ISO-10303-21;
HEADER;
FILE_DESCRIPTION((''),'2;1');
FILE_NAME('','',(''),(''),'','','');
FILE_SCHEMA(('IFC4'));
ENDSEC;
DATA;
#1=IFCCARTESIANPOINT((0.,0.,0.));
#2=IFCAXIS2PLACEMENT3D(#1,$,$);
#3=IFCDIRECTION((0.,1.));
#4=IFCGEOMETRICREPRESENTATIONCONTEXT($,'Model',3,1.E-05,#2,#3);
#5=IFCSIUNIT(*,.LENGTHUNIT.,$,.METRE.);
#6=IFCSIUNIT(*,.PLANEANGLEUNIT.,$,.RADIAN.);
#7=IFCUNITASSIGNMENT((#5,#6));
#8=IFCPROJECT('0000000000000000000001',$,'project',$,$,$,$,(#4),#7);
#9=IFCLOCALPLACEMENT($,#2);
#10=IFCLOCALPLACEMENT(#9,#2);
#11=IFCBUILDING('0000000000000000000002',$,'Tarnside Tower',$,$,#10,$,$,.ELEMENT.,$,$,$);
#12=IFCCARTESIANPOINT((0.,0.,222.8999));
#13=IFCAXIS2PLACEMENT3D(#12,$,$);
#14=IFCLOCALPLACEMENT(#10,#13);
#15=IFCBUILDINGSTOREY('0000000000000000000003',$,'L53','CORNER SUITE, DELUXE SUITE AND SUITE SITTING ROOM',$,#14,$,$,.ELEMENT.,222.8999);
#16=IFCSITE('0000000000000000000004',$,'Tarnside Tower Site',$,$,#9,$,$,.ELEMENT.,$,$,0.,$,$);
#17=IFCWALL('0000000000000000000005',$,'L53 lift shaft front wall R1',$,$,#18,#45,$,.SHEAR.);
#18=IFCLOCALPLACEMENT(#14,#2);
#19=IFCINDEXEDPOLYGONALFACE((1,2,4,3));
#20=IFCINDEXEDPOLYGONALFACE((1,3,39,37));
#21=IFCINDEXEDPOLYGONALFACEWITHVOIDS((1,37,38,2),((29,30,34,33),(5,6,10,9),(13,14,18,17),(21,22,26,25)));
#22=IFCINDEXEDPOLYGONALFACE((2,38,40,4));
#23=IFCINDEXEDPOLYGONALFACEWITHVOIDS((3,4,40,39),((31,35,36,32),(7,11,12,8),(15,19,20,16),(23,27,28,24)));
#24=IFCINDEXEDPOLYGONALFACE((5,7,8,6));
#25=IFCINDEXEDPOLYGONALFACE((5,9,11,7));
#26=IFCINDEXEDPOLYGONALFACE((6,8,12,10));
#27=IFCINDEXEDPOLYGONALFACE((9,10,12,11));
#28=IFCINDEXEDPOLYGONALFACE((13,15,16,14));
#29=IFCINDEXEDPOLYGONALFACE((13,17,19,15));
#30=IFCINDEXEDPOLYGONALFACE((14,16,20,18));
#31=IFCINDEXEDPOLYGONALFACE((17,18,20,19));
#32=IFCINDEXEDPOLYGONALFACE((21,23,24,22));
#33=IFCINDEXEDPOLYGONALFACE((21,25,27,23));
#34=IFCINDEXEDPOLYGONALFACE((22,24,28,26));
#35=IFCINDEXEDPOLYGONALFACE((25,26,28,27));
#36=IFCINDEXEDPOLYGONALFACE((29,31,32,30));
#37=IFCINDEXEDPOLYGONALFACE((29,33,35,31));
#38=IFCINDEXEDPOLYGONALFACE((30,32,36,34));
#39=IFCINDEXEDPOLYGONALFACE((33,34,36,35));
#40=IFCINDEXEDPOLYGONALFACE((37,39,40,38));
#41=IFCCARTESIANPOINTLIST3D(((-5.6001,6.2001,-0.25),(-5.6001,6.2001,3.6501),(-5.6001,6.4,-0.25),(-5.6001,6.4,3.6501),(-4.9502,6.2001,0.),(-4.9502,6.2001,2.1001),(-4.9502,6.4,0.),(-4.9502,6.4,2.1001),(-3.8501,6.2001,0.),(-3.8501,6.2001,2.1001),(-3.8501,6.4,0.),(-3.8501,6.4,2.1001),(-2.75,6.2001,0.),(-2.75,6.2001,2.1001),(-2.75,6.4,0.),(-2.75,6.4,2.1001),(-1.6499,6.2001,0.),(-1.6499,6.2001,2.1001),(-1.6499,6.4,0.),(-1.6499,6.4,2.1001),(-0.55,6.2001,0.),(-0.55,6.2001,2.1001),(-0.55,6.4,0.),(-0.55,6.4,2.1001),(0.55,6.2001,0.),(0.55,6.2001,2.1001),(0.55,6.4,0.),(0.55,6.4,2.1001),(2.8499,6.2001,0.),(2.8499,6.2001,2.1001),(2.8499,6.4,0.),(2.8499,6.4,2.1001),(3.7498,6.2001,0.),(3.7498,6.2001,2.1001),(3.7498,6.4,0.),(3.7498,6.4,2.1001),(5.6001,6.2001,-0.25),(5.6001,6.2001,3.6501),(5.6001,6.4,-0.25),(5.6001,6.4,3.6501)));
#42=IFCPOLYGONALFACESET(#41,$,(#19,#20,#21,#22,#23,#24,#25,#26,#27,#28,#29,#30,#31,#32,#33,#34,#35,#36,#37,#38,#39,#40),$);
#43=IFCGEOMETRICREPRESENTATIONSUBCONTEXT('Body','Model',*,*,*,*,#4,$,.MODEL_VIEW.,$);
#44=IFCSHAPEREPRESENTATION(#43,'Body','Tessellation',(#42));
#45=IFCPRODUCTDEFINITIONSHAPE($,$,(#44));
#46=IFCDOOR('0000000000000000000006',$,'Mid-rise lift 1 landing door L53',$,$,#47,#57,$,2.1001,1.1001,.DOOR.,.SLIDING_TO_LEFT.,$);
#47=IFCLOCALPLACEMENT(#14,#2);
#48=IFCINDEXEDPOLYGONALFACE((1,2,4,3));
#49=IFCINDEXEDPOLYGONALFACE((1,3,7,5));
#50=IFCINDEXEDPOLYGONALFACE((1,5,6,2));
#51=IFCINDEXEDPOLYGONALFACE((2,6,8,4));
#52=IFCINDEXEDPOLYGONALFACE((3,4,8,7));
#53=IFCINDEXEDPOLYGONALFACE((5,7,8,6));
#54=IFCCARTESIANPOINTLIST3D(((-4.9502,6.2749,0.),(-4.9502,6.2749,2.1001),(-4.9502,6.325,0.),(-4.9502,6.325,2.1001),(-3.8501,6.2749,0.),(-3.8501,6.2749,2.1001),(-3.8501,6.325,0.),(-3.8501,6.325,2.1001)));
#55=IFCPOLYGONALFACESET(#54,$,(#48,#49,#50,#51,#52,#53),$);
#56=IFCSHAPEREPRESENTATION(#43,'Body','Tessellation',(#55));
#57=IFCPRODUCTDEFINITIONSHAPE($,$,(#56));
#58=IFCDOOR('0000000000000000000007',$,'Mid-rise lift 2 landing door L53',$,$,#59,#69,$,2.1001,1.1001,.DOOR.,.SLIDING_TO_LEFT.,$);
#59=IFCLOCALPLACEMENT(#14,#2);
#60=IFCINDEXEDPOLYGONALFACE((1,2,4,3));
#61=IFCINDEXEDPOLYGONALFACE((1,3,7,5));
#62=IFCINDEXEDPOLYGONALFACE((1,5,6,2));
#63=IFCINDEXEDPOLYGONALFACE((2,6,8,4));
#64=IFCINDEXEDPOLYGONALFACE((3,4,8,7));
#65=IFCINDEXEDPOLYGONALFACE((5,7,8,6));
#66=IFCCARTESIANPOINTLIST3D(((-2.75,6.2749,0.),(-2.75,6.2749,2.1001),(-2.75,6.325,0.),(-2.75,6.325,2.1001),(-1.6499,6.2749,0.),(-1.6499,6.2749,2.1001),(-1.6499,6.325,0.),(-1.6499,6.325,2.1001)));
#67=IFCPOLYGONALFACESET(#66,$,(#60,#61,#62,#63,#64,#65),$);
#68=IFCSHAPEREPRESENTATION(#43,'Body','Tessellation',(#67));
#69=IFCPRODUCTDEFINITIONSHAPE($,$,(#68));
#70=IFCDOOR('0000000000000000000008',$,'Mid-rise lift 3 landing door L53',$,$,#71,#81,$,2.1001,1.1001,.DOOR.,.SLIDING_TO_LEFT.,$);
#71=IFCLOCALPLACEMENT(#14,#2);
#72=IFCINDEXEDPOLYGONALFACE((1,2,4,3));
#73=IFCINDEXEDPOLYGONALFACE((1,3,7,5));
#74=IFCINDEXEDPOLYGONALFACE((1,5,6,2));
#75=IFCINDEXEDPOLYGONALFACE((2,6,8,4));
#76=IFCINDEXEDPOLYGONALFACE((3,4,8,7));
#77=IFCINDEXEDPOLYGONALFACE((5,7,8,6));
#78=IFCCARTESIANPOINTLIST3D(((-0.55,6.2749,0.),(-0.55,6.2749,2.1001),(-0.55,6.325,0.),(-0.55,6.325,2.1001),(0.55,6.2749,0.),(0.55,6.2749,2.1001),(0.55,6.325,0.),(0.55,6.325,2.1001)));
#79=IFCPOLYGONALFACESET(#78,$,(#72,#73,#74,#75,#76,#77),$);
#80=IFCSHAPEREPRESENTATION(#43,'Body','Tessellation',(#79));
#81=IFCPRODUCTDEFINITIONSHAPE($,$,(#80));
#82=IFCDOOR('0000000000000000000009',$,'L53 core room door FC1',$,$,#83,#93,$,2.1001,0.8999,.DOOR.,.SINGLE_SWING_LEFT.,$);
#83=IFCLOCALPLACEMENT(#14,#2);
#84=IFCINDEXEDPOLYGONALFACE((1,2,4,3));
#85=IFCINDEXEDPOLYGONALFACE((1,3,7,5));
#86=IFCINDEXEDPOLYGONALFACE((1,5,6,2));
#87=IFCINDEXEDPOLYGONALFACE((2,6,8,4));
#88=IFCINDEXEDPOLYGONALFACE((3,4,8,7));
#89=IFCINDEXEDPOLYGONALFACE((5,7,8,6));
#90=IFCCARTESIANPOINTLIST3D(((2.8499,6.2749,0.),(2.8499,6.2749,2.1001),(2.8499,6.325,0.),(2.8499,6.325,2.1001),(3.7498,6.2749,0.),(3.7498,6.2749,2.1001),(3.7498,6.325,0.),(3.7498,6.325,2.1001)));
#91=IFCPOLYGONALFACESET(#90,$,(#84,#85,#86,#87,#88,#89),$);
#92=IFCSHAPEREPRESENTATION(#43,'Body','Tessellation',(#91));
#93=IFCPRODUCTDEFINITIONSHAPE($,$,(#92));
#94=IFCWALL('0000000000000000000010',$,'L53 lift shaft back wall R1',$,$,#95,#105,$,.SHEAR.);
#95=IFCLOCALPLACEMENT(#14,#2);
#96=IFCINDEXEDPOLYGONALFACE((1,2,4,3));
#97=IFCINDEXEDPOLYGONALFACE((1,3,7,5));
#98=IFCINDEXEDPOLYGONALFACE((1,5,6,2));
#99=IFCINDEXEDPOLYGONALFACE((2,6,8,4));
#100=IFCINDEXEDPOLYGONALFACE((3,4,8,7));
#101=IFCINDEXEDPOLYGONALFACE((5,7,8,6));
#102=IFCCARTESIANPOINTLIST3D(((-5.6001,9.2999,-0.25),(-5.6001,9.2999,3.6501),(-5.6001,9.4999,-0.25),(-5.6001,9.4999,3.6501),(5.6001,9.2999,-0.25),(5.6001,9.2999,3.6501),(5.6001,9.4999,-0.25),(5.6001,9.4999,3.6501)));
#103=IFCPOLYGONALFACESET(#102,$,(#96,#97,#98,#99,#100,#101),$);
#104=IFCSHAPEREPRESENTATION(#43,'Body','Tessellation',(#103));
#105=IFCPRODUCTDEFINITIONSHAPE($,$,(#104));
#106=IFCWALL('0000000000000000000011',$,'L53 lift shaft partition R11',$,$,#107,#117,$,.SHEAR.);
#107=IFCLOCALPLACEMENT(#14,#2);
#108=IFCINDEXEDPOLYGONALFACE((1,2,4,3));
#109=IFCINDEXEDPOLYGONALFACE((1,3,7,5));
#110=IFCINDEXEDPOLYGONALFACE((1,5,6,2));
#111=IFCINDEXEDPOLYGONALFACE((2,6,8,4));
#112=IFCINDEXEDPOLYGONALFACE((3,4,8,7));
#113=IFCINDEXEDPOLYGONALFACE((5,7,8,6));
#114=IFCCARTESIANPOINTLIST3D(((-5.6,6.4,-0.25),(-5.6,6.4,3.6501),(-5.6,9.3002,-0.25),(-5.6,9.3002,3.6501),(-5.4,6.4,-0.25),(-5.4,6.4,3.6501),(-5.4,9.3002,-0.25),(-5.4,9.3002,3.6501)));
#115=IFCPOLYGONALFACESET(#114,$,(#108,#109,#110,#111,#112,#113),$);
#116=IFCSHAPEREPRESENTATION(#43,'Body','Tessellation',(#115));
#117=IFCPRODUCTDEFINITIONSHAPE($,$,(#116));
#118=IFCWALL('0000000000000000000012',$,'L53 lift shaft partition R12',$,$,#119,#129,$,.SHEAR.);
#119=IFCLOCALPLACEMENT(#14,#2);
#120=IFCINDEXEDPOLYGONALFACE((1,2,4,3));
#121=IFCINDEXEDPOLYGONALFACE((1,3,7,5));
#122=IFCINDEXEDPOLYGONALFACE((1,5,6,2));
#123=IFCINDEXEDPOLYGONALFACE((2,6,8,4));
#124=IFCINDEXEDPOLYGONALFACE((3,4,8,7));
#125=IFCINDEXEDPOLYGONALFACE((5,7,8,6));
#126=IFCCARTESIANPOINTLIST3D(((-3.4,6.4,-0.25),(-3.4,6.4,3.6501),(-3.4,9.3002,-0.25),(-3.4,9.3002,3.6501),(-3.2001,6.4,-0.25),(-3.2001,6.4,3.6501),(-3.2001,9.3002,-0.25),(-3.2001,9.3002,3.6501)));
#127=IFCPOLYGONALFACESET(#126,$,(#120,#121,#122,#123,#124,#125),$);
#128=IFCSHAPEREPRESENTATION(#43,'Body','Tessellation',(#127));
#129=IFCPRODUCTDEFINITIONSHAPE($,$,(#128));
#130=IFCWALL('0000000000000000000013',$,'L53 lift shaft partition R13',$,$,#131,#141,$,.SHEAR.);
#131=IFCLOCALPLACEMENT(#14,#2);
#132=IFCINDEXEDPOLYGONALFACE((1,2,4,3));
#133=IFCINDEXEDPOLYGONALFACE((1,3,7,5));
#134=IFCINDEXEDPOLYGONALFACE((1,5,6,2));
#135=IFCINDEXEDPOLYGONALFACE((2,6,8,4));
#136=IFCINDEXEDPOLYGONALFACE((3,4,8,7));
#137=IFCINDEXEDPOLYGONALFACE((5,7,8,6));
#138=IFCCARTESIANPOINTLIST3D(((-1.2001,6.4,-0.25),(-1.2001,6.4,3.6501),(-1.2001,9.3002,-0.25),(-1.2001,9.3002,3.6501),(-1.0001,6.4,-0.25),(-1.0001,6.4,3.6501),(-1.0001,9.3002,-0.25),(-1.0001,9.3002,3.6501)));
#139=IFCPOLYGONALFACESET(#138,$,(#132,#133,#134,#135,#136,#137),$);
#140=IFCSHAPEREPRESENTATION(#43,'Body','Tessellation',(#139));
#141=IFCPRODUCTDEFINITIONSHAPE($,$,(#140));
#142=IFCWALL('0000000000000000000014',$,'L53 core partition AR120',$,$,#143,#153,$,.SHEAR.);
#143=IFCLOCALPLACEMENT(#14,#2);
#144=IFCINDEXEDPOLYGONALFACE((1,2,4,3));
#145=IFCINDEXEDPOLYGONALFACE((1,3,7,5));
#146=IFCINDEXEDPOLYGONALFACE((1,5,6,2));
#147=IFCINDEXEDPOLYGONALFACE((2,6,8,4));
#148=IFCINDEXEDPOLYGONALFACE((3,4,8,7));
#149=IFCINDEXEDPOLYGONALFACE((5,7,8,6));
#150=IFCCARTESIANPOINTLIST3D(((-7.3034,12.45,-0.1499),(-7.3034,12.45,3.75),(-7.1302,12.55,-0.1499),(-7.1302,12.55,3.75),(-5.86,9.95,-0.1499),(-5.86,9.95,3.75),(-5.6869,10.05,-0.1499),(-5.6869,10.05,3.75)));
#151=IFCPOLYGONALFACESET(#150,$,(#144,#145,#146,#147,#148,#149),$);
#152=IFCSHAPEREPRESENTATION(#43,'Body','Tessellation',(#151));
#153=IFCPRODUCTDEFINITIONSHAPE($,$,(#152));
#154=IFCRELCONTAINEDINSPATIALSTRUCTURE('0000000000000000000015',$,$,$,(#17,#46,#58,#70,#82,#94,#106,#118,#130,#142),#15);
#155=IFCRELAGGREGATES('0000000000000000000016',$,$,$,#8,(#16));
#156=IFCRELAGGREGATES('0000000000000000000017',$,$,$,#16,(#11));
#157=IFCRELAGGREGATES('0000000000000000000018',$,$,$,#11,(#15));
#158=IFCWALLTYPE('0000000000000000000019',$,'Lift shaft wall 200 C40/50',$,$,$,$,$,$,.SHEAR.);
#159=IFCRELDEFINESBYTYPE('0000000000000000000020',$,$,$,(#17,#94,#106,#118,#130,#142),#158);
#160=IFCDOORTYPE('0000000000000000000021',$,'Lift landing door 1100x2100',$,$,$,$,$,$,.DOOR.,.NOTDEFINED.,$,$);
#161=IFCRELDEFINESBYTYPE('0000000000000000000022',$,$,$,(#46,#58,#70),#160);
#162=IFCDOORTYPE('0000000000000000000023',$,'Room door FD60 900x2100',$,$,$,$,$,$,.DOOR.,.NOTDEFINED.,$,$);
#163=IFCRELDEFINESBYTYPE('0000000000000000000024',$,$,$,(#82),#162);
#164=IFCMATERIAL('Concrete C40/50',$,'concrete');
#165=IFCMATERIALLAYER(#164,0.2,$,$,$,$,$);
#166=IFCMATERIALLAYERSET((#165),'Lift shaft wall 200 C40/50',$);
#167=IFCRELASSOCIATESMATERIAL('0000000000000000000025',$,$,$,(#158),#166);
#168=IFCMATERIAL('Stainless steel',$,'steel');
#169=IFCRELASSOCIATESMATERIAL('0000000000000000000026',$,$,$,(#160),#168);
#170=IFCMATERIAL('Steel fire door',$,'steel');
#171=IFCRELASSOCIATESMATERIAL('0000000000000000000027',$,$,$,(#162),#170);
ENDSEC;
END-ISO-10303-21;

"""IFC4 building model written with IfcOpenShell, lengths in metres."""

from ifc_helpers import new_model, si_unit, direction, frame, frame_2d, origin, place, context, subcontext, project, spatial, rectangle, extrude, material, layer, layer_set, type_object, element, fill, save


model = new_model("IFC4")

# Units and contexts
model_context = context("Model", 3, precision=1e-05, world=origin(), true_north=direction((0.0, 1.0)))
body_context = subcontext(model_context, "Body", "Model", "MODEL_VIEW")
ifc_project = project(units=[si_unit("LENGTHUNIT", "METRE"), si_unit("PLANEANGLEUNIT", "RADIAN")], contexts=[model_context])

# Site, building, storey
site_placement = place(None, origin())
site = spatial("IfcSite", under=ifc_project, at=site_placement, Name="Tarnside Tower Site", CompositionType="ELEMENT", RefElevation=0.0)
building_placement = place(site_placement, origin())
building = spatial("IfcBuilding", under=site, at=building_placement, Name="Tarnside Tower", CompositionType="ELEMENT")
storey_placement = place(building_placement, frame((0.0, 0.0, 222.8999)))
storey = spatial("IfcBuildingStorey", under=building, at=storey_placement, Name="L53", Description="CORNER SUITE, DELUXE SUITE AND SUITE SITTING ROOM", CompositionType="ELEMENT", Elevation=222.8999)

# Shared definitions
ifc_material_1 = material(Name="Steel fire door", Category="steel")

# Wall, openings, doors
ifc_material_2 = material(Name="Concrete C40/50", Category="concrete")
ifc_layer_1 = layer(ifc_material_2, 0.2)
ifc_layer_set_1 = layer_set([ifc_layer_1], Name="Lift shaft wall 200 C40/50")
wall_type_1 = type_object("IfcWallType", Name="Lift shaft wall 200 C40/50", PredefinedType="SHEAR", material=ifc_layer_set_1)
wall_1_placement = place(storey_placement, frame((-5.6001, 6.3, -0.25), z_axis=(0.0, 0.0, 1.0), x_axis=(1.0, 0.0, 0.0)))
wall_1 = element("IfcWall", 1, at=wall_1_placement, inside=storey, type_object=wall_type_1, Name="L53 lift shaft front wall R1", PredefinedType="SHEAR", context=body_context, shape_type="SweptSolid", body=[
    extrude(rectangle(XDim=11.2002, YDim=0.2, at=frame_2d((5.6001, 0.0))), origin(), (0.0, 0.0, 1.0), 3.9001),
])
opening_1_placement = place(wall_1_placement, frame((8.45, 0.0, 0.25)))
opening_1 = element("IfcOpeningElement", 2, at=opening_1_placement, cuts=wall_1, PredefinedType="OPENING", context=body_context, shape_type="SweptSolid", body=[
    extrude(rectangle(XDim=0.8999, YDim=2.1001, at=frame_2d((0.45, 1.05))), frame((0.0, 0.1099, 0.0), z_axis=(0.0, -1.0, 0.0), x_axis=(1.0, 0.0, 0.0)), (0.0, 0.0, 1.0), 0.22),
])
opening_2_placement = place(wall_1_placement, frame((0.6499, 0.0, 0.25)))
opening_2 = element("IfcOpeningElement", 3, at=opening_2_placement, cuts=wall_1, PredefinedType="OPENING", context=body_context, shape_type="SweptSolid", body=[
    extrude(rectangle(XDim=1.1001, YDim=2.1001, at=frame_2d((0.55, 1.05))), frame((0.0, 0.1099, 0.0), z_axis=(0.0, -1.0, 0.0), x_axis=(1.0, 0.0, 0.0)), (0.0, 0.0, 1.0), 0.22),
])
opening_3_placement = place(wall_1_placement, frame((2.8501, 0.0, 0.25)))
opening_3 = element("IfcOpeningElement", 4, at=opening_3_placement, cuts=wall_1, PredefinedType="OPENING", context=body_context, shape_type="SweptSolid", body=[
    extrude(rectangle(XDim=1.1001, YDim=2.1001, at=frame_2d((0.55, 1.05))), frame((0.0, 0.1099, 0.0), z_axis=(0.0, -1.0, 0.0), x_axis=(1.0, 0.0, 0.0)), (0.0, 0.0, 1.0), 0.22),
])
opening_4_placement = place(wall_1_placement, frame((5.05, 0.0, 0.25)))
opening_4 = element("IfcOpeningElement", 5, at=opening_4_placement, cuts=wall_1, PredefinedType="OPENING", context=body_context, shape_type="SweptSolid", body=[
    extrude(rectangle(XDim=1.1001, YDim=2.1001, at=frame_2d((0.55, 1.05))), frame((0.0, 0.1099, 0.0), z_axis=(0.0, -1.0, 0.0), x_axis=(1.0, 0.0, 0.0)), (0.0, 0.0, 1.0), 0.22),
])
ifc_material_3 = material(Name="Stainless steel", Category="steel")
door_type_1 = type_object("IfcDoorType", Name="Lift landing door 1100x2100", OperationType="NOTDEFINED", PredefinedType="DOOR", material=ifc_material_3)
door_1_placement = place(opening_2_placement, origin())
door_1 = element("IfcDoor", 6, at=door_1_placement, inside=storey, type_object=door_type_1, Name="Mid-rise lift 1 landing door L53", OperationType="SLIDING_TO_LEFT", OverallHeight=2.1001, OverallWidth=1.1001, PredefinedType="DOOR", context=body_context, shape_type="SweptSolid", body=[
    extrude(rectangle(XDim=1.1001, YDim=2.1001, at=frame_2d((0.55, 1.05))), frame((0.0, 0.0249, 0.0), z_axis=(0.0, -1.0, 0.0), x_axis=(1.0, 0.0, 0.0)), (0.0, 0.0, 1.0), 0.05),
])
fill(opening_2, door_1)
door_2_placement = place(opening_3_placement, origin())
door_2 = element("IfcDoor", 7, at=door_2_placement, inside=storey, type_object=door_type_1, Name="Mid-rise lift 2 landing door L53", OperationType="SLIDING_TO_LEFT", OverallHeight=2.1001, OverallWidth=1.1001, PredefinedType="DOOR", context=body_context, shape_type="SweptSolid", body=[
    extrude(rectangle(XDim=1.1001, YDim=2.1001, at=frame_2d((0.55, 1.05))), frame((0.0, 0.0249, 0.0), z_axis=(0.0, -1.0, 0.0), x_axis=(1.0, 0.0, 0.0)), (0.0, 0.0, 1.0), 0.05),
])
fill(opening_3, door_2)
door_3_placement = place(opening_4_placement, origin())
door_3 = element("IfcDoor", 8, at=door_3_placement, inside=storey, type_object=door_type_1, Name="Mid-rise lift 3 landing door L53", OperationType="SLIDING_TO_LEFT", OverallHeight=2.1001, OverallWidth=1.1001, PredefinedType="DOOR", context=body_context, shape_type="SweptSolid", body=[
    extrude(rectangle(XDim=1.1001, YDim=2.1001, at=frame_2d((0.55, 1.05))), frame((0.0, 0.0249, 0.0), z_axis=(0.0, -1.0, 0.0), x_axis=(1.0, 0.0, 0.0)), (0.0, 0.0, 1.0), 0.05),
])
fill(opening_4, door_3)
door_type_2 = type_object("IfcDoorType", Name="Room door FD60 900x2100", OperationType="NOTDEFINED", PredefinedType="DOOR", material=ifc_material_1)
door_4_placement = place(opening_1_placement, origin())
door_4 = element("IfcDoor", 9, at=door_4_placement, inside=storey, type_object=door_type_2, Name="L53 core room door FC1", OperationType="SINGLE_SWING_LEFT", OverallHeight=2.1001, OverallWidth=0.8999, PredefinedType="DOOR", context=body_context, shape_type="SweptSolid", body=[
    extrude(rectangle(XDim=0.8999, YDim=2.1001, at=frame_2d((0.45, 1.05))), frame((0.0, 0.0249, 0.0), z_axis=(0.0, -1.0, 0.0), x_axis=(1.0, 0.0, 0.0)), (0.0, 0.0, 1.0), 0.05),
])
fill(opening_1, door_4)

# Walls
wall_2_placement = place(storey_placement, frame((-5.6001, 9.3999, -0.25), z_axis=(0.0, 0.0, 1.0), x_axis=(1.0, 0.0, 0.0)))
element("IfcWall", 10, at=wall_2_placement, inside=storey, type_object=wall_type_1, Name="L53 lift shaft back wall R1", PredefinedType="SHEAR", context=body_context, shape_type="SweptSolid", body=[
    extrude(rectangle(XDim=11.2002, YDim=0.2, at=frame_2d((5.6001, 0.0))), origin(), (0.0, 0.0, 1.0), 3.9001),
])
for number, where, z_axis, x_axis, name in (
    (11, (-5.5, 6.3999, -0.25), (0.0, 0.0, 1.0), (0.0, 1.0, 0.0), "L53 lift shaft partition R11"),
    (12, (-3.3, 6.3999, -0.25), (0.0, 0.0, 1.0), (0.0, 1.0, 0.0), "L53 lift shaft partition R12"),
    (13, (-1.1001, 6.3999, -0.25), (0.0, 0.0, 1.0), (0.0, 1.0, 0.0), "L53 lift shaft partition R13"),
):
    element("IfcWall", number, at=place(storey_placement, frame(where, z_axis=z_axis, x_axis=x_axis)), inside=storey, type_object=wall_type_1, Name=name, PredefinedType="SHEAR", context=body_context, shape_type="SweptSolid", body=[
        extrude(rectangle(XDim=2.9001, YDim=0.2, at=frame_2d((1.4502, 0.0))), origin(), (0.0, 0.0, 1.0), 3.9001),
    ])
wall_3_placement = place(storey_placement, frame((-5.7734, 10.0, -0.1499), z_axis=(0.0, 0.0, 1.0), x_axis=(-0.499996, 0.866028, 0.0)))
element("IfcWall", 14, at=wall_3_placement, inside=storey, type_object=wall_type_1, Name="L53 core partition AR120", PredefinedType="SHEAR", context=body_context, shape_type="SweptSolid", body=[
    extrude(rectangle(XDim=2.8867, YDim=0.2, at=frame_2d((1.4434, 0.0))), origin(), (0.0, 0.0, 1.0), 3.8999),
])

save(model, "model.ifc")
